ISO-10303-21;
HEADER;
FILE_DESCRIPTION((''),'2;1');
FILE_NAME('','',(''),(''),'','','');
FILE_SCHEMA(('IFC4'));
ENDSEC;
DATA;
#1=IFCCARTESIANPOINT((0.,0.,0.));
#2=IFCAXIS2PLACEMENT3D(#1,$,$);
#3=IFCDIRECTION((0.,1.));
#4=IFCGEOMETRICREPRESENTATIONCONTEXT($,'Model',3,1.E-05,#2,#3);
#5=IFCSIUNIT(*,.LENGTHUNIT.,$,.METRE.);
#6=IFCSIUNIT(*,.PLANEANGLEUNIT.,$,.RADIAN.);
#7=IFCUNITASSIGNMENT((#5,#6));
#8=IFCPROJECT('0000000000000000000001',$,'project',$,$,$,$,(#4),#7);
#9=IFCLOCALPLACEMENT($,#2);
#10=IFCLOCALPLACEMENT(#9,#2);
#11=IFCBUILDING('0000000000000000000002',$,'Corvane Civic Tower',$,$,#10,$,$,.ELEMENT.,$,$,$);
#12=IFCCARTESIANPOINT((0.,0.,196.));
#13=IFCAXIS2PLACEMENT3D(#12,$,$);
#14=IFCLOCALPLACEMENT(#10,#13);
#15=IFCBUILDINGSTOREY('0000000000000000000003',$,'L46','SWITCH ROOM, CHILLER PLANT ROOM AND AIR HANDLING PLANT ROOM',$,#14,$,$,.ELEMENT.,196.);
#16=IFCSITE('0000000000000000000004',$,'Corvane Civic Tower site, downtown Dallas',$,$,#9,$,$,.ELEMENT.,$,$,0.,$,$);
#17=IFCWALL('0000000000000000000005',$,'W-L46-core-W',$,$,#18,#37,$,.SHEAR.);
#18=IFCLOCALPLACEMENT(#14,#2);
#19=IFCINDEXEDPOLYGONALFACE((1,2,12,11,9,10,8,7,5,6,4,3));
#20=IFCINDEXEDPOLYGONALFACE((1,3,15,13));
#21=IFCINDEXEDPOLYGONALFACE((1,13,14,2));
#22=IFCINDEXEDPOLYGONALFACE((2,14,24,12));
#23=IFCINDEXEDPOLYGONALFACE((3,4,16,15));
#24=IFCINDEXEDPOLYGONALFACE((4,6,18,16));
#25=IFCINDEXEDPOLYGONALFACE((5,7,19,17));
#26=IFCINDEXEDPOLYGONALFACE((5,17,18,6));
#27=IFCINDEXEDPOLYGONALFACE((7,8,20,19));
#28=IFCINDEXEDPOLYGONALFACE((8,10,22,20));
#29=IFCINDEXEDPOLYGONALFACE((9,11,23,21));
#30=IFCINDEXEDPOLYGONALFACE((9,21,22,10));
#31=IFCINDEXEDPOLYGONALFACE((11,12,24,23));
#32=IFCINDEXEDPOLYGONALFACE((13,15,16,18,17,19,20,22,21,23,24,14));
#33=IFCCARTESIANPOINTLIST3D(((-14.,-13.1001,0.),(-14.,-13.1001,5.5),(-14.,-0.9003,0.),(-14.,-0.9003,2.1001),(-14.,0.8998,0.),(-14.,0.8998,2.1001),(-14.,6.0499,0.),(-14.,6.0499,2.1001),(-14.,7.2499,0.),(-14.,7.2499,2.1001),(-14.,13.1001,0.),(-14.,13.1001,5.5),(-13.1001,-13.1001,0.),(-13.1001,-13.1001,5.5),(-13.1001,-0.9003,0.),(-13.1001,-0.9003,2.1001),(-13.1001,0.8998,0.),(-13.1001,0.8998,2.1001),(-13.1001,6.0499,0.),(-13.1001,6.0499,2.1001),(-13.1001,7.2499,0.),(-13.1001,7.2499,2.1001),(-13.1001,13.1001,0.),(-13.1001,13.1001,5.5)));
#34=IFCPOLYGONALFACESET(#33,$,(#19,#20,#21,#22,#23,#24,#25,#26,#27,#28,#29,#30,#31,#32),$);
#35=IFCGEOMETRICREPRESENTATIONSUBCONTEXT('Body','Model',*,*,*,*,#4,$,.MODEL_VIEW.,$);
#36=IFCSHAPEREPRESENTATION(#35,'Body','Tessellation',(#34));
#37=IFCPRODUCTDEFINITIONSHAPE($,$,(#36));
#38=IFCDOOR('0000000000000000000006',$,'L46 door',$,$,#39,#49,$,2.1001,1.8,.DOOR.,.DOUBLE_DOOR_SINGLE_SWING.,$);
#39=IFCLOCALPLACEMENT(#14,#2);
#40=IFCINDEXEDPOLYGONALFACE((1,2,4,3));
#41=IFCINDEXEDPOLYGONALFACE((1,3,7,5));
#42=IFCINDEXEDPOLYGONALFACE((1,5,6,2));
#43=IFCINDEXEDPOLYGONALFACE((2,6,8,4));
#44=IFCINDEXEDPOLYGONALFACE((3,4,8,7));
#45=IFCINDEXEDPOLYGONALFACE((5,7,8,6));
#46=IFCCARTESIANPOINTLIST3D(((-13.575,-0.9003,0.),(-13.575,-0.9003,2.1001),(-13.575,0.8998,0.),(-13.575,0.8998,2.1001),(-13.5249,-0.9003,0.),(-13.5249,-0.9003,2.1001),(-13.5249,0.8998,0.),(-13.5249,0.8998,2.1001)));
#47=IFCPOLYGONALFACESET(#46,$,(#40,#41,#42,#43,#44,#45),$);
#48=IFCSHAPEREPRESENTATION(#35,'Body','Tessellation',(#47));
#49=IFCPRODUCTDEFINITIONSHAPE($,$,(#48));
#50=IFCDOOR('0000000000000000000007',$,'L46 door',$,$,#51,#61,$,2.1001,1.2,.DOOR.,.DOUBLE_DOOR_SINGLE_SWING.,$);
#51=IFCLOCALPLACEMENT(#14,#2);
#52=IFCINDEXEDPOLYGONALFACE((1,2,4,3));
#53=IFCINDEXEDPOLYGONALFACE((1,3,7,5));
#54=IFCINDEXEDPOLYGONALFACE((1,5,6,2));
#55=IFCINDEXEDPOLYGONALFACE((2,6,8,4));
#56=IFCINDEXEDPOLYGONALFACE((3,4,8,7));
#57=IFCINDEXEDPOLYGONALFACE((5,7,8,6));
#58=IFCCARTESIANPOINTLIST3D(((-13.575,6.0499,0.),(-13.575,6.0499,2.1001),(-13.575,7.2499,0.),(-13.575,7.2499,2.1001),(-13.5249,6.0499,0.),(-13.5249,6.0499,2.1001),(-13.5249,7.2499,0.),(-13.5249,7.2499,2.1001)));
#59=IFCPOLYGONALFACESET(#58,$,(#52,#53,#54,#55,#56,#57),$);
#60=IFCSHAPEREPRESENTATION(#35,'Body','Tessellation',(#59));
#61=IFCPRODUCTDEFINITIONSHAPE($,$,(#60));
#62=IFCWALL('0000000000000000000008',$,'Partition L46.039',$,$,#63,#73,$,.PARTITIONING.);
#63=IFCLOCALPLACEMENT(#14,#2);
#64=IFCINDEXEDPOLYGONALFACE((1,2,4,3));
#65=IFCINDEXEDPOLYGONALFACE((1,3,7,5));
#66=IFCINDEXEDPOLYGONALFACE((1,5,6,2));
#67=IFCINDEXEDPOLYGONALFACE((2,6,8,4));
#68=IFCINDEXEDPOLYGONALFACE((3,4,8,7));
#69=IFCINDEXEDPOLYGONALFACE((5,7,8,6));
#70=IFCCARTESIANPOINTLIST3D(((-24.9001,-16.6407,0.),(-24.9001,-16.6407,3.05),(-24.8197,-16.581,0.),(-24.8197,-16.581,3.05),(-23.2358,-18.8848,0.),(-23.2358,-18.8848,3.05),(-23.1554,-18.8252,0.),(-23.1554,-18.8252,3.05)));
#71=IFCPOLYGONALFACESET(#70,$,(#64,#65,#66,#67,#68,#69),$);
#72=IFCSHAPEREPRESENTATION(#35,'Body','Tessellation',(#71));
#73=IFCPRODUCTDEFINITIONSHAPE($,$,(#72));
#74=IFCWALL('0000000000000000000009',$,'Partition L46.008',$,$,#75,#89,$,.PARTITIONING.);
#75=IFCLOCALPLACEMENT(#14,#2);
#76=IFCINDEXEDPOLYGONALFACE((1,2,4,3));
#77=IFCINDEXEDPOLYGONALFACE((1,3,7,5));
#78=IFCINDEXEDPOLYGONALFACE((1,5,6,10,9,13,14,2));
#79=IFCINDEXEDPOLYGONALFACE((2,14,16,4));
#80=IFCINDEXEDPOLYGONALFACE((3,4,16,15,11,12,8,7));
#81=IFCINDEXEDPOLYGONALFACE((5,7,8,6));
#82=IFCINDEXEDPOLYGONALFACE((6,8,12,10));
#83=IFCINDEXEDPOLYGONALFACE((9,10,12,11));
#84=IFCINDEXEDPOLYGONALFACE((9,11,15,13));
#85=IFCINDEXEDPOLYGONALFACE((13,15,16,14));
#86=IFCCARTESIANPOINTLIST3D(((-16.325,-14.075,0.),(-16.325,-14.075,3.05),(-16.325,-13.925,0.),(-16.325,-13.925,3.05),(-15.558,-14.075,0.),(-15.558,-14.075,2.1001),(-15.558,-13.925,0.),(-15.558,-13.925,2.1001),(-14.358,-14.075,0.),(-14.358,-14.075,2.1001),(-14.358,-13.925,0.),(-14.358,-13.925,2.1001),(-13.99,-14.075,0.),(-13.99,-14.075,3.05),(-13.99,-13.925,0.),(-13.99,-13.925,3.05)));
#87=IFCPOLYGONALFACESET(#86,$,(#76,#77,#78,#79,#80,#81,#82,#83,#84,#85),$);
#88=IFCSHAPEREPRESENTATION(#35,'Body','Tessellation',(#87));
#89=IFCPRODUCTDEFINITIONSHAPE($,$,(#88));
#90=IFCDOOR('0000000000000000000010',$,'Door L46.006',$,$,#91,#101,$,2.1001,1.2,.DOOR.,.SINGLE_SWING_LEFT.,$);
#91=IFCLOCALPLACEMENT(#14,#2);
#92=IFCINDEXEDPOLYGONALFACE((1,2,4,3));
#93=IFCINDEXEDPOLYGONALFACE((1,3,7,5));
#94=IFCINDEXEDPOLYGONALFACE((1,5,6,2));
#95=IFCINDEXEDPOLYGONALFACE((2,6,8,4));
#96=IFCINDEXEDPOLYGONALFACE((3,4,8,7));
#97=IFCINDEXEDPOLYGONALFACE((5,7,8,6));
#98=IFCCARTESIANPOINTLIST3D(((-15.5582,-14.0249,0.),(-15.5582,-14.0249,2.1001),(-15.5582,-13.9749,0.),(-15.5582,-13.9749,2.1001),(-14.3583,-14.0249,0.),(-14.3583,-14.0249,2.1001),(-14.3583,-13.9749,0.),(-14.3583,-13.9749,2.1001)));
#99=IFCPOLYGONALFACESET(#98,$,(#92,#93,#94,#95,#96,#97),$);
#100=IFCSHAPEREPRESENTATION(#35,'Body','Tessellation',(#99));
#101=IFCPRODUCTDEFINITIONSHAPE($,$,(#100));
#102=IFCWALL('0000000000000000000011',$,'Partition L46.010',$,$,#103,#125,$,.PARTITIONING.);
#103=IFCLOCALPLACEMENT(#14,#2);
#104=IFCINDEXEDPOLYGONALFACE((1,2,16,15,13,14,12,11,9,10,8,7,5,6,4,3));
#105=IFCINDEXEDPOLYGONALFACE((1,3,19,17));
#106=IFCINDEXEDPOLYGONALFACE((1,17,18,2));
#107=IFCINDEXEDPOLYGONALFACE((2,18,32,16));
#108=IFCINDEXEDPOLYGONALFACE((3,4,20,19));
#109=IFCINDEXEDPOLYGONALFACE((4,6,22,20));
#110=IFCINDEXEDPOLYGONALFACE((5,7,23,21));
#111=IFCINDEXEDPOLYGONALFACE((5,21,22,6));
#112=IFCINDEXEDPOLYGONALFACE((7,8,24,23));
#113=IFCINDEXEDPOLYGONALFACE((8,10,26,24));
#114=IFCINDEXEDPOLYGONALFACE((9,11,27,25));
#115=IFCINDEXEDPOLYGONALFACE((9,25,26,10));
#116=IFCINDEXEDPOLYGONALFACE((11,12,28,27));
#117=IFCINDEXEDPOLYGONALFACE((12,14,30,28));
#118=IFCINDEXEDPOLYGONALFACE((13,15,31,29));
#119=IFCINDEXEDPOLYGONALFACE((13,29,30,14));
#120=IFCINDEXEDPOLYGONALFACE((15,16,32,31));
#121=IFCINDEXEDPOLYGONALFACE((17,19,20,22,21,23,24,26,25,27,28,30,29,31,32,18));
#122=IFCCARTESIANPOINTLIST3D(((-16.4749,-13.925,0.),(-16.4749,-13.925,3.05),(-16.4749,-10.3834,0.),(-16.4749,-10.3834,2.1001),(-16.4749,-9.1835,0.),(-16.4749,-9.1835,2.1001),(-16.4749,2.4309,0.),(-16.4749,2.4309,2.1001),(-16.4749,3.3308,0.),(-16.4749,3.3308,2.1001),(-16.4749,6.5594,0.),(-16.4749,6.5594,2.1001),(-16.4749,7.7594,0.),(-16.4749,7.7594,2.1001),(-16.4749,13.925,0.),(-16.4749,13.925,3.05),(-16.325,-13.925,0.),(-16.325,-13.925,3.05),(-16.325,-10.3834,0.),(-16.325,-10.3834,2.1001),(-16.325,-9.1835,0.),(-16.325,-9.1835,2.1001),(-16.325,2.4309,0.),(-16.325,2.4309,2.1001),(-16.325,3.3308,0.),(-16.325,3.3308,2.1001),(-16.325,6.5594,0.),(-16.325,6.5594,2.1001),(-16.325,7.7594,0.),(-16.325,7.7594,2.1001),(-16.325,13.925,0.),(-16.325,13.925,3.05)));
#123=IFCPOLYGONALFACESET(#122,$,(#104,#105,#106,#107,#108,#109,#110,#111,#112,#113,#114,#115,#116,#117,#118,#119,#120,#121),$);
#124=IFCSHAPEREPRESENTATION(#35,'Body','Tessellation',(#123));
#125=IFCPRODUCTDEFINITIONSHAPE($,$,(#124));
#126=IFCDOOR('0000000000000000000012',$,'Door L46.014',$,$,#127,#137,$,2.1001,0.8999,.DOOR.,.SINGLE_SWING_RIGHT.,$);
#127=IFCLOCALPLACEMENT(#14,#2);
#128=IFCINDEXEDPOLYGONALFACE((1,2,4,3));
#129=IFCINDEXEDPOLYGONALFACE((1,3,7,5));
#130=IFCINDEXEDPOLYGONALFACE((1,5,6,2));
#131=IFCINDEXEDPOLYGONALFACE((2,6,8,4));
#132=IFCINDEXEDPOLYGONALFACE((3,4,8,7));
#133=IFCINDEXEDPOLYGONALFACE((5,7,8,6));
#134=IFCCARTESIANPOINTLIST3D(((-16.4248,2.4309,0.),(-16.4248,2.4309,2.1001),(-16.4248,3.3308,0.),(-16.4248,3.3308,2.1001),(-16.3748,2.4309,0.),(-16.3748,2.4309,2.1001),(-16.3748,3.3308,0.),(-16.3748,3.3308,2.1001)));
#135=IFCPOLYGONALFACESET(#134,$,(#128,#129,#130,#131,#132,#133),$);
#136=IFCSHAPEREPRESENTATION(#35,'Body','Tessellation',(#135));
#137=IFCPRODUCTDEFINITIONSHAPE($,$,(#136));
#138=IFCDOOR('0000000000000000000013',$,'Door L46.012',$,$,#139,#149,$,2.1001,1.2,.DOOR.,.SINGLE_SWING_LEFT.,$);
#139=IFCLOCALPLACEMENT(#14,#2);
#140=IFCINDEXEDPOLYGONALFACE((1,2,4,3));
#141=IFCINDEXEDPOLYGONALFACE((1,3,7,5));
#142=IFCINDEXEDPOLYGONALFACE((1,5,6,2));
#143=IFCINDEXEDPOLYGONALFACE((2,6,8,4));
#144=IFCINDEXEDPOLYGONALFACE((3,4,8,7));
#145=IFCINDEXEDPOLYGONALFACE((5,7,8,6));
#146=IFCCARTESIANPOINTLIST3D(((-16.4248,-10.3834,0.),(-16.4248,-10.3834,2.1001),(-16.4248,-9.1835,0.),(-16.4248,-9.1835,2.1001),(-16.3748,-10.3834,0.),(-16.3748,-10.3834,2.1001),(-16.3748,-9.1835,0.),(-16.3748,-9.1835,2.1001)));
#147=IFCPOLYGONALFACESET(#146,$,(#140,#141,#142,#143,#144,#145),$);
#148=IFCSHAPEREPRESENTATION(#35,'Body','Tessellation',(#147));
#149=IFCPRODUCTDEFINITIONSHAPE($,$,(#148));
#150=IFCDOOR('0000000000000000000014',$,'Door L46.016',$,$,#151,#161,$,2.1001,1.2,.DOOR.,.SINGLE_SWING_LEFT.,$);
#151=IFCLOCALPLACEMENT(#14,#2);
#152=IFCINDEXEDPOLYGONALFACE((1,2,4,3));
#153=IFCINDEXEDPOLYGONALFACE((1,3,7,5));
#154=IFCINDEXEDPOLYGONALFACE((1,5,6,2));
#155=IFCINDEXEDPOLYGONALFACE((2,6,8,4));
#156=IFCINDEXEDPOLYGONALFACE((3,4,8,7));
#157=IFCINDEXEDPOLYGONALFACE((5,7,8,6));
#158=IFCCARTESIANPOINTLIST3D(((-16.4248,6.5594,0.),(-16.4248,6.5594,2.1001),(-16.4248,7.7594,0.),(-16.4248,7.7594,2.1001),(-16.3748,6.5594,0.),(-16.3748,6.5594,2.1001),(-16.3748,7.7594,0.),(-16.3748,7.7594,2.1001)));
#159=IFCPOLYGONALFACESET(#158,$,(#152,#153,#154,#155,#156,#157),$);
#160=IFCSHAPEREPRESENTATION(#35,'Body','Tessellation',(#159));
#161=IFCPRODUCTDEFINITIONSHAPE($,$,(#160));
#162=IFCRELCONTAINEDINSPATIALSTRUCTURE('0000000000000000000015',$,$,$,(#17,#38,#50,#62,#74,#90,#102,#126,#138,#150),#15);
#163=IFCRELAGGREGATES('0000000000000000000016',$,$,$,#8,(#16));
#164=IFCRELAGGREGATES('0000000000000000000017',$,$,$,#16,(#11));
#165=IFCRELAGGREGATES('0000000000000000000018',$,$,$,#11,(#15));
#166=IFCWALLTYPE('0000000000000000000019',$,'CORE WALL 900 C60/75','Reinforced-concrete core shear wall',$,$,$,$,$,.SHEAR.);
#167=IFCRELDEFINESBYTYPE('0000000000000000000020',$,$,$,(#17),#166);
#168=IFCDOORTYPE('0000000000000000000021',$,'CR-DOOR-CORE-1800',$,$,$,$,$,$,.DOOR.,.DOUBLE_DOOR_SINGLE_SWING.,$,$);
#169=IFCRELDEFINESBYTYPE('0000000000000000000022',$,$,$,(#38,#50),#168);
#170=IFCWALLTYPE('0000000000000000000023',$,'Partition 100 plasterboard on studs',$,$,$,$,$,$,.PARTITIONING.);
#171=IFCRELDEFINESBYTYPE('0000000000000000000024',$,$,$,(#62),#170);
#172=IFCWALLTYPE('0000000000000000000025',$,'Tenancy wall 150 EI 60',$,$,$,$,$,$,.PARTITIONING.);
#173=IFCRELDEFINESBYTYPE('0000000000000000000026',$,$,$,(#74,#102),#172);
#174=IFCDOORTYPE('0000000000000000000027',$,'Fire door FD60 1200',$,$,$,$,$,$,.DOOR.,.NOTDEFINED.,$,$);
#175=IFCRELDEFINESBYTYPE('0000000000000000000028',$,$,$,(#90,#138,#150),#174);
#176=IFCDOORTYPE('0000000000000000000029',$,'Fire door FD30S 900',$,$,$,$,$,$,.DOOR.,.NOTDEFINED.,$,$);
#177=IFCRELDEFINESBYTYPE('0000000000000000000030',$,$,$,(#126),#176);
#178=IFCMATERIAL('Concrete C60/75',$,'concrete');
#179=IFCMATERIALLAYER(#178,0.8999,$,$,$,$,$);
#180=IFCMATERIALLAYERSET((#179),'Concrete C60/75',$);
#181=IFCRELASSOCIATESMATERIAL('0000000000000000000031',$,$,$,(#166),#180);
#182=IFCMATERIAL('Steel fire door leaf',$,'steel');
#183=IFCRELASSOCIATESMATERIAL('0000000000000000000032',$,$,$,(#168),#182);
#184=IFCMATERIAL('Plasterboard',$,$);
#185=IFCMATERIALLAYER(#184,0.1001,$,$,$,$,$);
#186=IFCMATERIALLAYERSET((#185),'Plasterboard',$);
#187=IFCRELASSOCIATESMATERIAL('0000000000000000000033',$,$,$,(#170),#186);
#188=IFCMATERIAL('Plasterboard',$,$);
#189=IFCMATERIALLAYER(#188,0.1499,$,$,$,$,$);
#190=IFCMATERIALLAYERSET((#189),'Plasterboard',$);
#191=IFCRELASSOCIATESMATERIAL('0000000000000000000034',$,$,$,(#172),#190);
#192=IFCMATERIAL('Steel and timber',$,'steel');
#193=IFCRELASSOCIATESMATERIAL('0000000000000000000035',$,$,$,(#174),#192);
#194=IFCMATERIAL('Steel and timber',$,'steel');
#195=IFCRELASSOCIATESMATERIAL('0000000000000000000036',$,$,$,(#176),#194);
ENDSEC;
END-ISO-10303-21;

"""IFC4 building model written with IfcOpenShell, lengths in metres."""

from ifc_helpers import new_model, si_unit, direction, frame, frame_2d, origin, place, context, subcontext, project, spatial, rectangle, extrude, material, layer, layer_set, type_object, element, fill, save


model = new_model("IFC4")

# Units and contexts
model_context = context("Model", 3, precision=1e-05, world=origin(), true_north=direction((0.0, 1.0)))
body_context = subcontext(model_context, "Body", "Model", "MODEL_VIEW")
ifc_project = project(units=[si_unit("LENGTHUNIT", "METRE"), si_unit("PLANEANGLEUNIT", "RADIAN")], contexts=[model_context])

# Site, building, storey
site_placement = place(None, origin())
site = spatial("IfcSite", under=ifc_project, at=site_placement, Name="Corvane Civic Tower site, downtown Dallas", CompositionType="ELEMENT", RefElevation=0.0)
building_placement = place(site_placement, origin())
building = spatial("IfcBuilding", under=site, at=building_placement, Name="Corvane Civic Tower", CompositionType="ELEMENT")
storey_placement = place(building_placement, frame((0.0, 0.0, 196.0)))
storey = spatial("IfcBuildingStorey", under=building, at=storey_placement, Name="L46", Description="SWITCH ROOM, CHILLER PLANT ROOM AND AIR HANDLING PLANT ROOM", CompositionType="ELEMENT", Elevation=196.0)

# Shared definitions
ifc_material_1 = material(Name="Concrete C60/75", Category="concrete")
ifc_layer_1 = layer(ifc_material_1, 0.8999)
ifc_layer_set_1 = layer_set([ifc_layer_1], Name="Concrete C60/75")
wall_type_1 = type_object("IfcWallType", Name="CORE WALL 900 C60/75", Description="Reinforced-concrete core shear wall", PredefinedType="SHEAR", material=ifc_layer_set_1)

# Wall, openings, doors
wall_1_placement = place(storey_placement, frame((-13.55, -13.1001, 0.0), z_axis=(0.0, 0.0, 1.0), x_axis=(0.0, 1.0, 0.0)))
wall_1 = element("IfcWall", 1, at=wall_1_placement, inside=storey, type_object=wall_type_1, Name="W-L46-core-W", PredefinedType="SHEAR", context=body_context, shape_type="SweptSolid", body=[
    extrude(rectangle(XDim=26.2002, YDim=0.8999, at=frame_2d((13.1001, 0.0))), origin(), (0.0, 0.0, 1.0), 5.5),
])
opening_1_placement = place(wall_1_placement, frame((12.2, 0.0, 0.0)))
opening_1 = element("IfcOpeningElement", 2, at=opening_1_placement, cuts=wall_1, PredefinedType="OPENING", context=body_context, shape_type="SweptSolid", body=[
    extrude(rectangle(XDim=1.8, YDim=2.1001, at=frame_2d((0.8999, 1.05))), frame((0.0, 0.46, 0.0), z_axis=(0.0, -1.0, 0.0), x_axis=(1.0, 0.0, 0.0)), (0.0, 0.0, 1.0), 0.9199),
])
opening_2_placement = place(wall_1_placement, frame((19.1499, 0.0, 0.0)))
opening_2 = element("IfcOpeningElement", 3, at=opening_2_placement, cuts=wall_1, PredefinedType="OPENING", context=body_context, shape_type="SweptSolid", body=[
    extrude(rectangle(XDim=1.2, YDim=2.1001, at=frame_2d((0.6001, 1.05))), frame((0.0, 0.46, 0.0), z_axis=(0.0, -1.0, 0.0), x_axis=(1.0, 0.0, 0.0)), (0.0, 0.0, 1.0), 0.9199),
])
ifc_material_2 = material(Name="Steel fire door leaf", Category="steel")
door_type_1 = type_object("IfcDoorType", Name="CR-DOOR-CORE-1800", OperationType="DOUBLE_DOOR_SINGLE_SWING", PredefinedType="DOOR", material=ifc_material_2)
door_1_placement = place(opening_1_placement, origin())
door_1 = element("IfcDoor", 4, at=door_1_placement, inside=storey, type_object=door_type_1, Name="L46 door", OperationType="DOUBLE_DOOR_SINGLE_SWING", OverallHeight=2.1001, OverallWidth=1.8, PredefinedType="DOOR", context=body_context, shape_type="SweptSolid", body=[
    extrude(rectangle(XDim=1.8, YDim=2.1001, at=frame_2d((0.8999, 1.05))), frame((0.0, 0.0249, 0.0), z_axis=(0.0, -1.0, 0.0), x_axis=(1.0, 0.0, 0.0)), (0.0, 0.0, 1.0), 0.05),
])
fill(opening_1, door_1)
door_2_placement = place(opening_2_placement, origin())
door_2 = element("IfcDoor", 5, at=door_2_placement, inside=storey, type_object=door_type_1, Name="L46 door", OperationType="DOUBLE_DOOR_SINGLE_SWING", OverallHeight=2.1001, OverallWidth=1.2, PredefinedType="DOOR", context=body_context, shape_type="SweptSolid", body=[
    extrude(rectangle(XDim=1.2, YDim=2.1001, at=frame_2d((0.6001, 1.05))), frame((0.0, 0.0249, 0.0), z_axis=(0.0, -1.0, 0.0), x_axis=(1.0, 0.0, 0.0)), (0.0, 0.0, 1.0), 0.05),
])
fill(opening_2, door_2)

# Wall
ifc_material_3 = material(Name="Plasterboard")
ifc_layer_2 = layer(ifc_material_3, 0.1001)
ifc_layer_set_2 = layer_set([ifc_layer_2], Name="Plasterboard")
wall_type_2 = type_object("IfcWallType", Name="Partition 100 plasterboard on studs", PredefinedType="PARTITIONING", material=ifc_layer_set_2)
wall_2_placement = place(storey_placement, frame((-24.8599, -16.6108, 0.0), z_axis=(0.0, 0.0, 1.0), x_axis=(0.595685, -0.803218, 0.0)))
element("IfcWall", 6, at=wall_2_placement, inside=storey, type_object=wall_type_2, Name="Partition L46.039", PredefinedType="PARTITIONING", context=body_context, shape_type="SweptSolid", body=[
    extrude(rectangle(XDim=2.7939, YDim=0.1001, at=frame_2d((1.397, 0.0))), origin(), (0.0, 0.0, 1.0), 3.05),
])

# Wall, opening, door
ifc_material_4 = material(Name="Plasterboard")
ifc_layer_3 = layer(ifc_material_4, 0.1499)
ifc_layer_set_3 = layer_set([ifc_layer_3], Name="Plasterboard")
wall_type_3 = type_object("IfcWallType", Name="Tenancy wall 150 EI 60", PredefinedType="PARTITIONING", material=ifc_layer_set_3)
wall_3_placement = place(storey_placement, frame((-16.325, -14.0, 0.0), z_axis=(0.0, 0.0, 1.0), x_axis=(1.0, 0.0, 0.0)))
wall_3 = element("IfcWall", 7, at=wall_3_placement, inside=storey, type_object=wall_type_3, Name="Partition L46.008", PredefinedType="PARTITIONING", context=body_context, shape_type="SweptSolid", body=[
    extrude(rectangle(XDim=2.335, YDim=0.1499, at=frame_2d((1.1675, 0.0))), origin(), (0.0, 0.0, 1.0), 3.05),
])
opening_3_placement = place(wall_3_placement, frame((0.7668, 0.0, 0.0)))
opening_3 = element("IfcOpeningElement", 8, at=opening_3_placement, cuts=wall_3, PredefinedType="OPENING", context=body_context, shape_type="SweptSolid", body=[
    extrude(rectangle(XDim=1.2, YDim=2.1001, at=frame_2d((0.6001, 1.05))), frame((0.0, 0.085, 0.0), z_axis=(0.0, -1.0, 0.0), x_axis=(1.0, 0.0, 0.0)), (0.0, 0.0, 1.0), 0.1699),
])
ifc_material_5 = material(Name="Steel and timber", Category="steel")
door_type_2 = type_object("IfcDoorType", Name="Fire door FD60 1200", OperationType="NOTDEFINED", PredefinedType="DOOR", material=ifc_material_5)
door_3_placement = place(opening_3_placement, frame((1.2, 0.0, 0.0), z_axis=(0.0, 0.0, 1.0), x_axis=(-1.0, 0.0, 0.0)))
door_3 = element("IfcDoor", 9, at=door_3_placement, inside=storey, type_object=door_type_2, Name="Door L46.006", OperationType="SINGLE_SWING_LEFT", OverallHeight=2.1001, OverallWidth=1.2, PredefinedType="DOOR", context=body_context, shape_type="SweptSolid", body=[
    extrude(rectangle(XDim=1.2, YDim=2.1001, at=frame_2d((0.6001, 1.05))), frame((0.0, 0.0249, 0.0), z_axis=(0.0, -1.0, 0.0), x_axis=(1.0, 0.0, 0.0)), (0.0, 0.0, 1.0), 0.05),
])
fill(opening_3, door_3)

# Wall, openings, doors
wall_4_placement = place(storey_placement, frame((-16.3999, -13.925, 0.0), z_axis=(0.0, 0.0, 1.0), x_axis=(0.0, 1.0, 0.0)))
wall_4 = element("IfcWall", 10, at=wall_4_placement, inside=storey, type_object=wall_type_3, Name="Partition L46.010", PredefinedType="PARTITIONING", context=body_context, shape_type="SweptSolid", body=[
    extrude(rectangle(XDim=27.8501, YDim=0.1499, at=frame_2d((13.925, 0.0))), origin(), (0.0, 0.0, 1.0), 3.05),
])
opening_4_placement = place(wall_4_placement, frame((3.5415, 0.0, 0.0)))
opening_4 = element("IfcOpeningElement", 11, at=opening_4_placement, cuts=wall_4, PredefinedType="OPENING", context=body_context, shape_type="SweptSolid", body=[
    extrude(rectangle(XDim=1.2, YDim=2.1001, at=frame_2d((0.6001, 1.05))), frame((0.0, 0.085, 0.0), z_axis=(0.0, -1.0, 0.0), x_axis=(1.0, 0.0, 0.0)), (0.0, 0.0, 1.0), 0.1699),
])
opening_5_placement = place(wall_4_placement, frame((16.356, 0.0, 0.0)))
opening_5 = element("IfcOpeningElement", 12, at=opening_5_placement, cuts=wall_4, PredefinedType="OPENING", context=body_context, shape_type="SweptSolid", body=[
    extrude(rectangle(XDim=0.8999, YDim=2.1001, at=frame_2d((0.45, 1.05))), frame((0.0, 0.085, 0.0), z_axis=(0.0, -1.0, 0.0), x_axis=(1.0, 0.0, 0.0)), (0.0, 0.0, 1.0), 0.1699),
])
opening_6_placement = place(wall_4_placement, frame((20.4844, 0.0, 0.0)))
opening_6 = element("IfcOpeningElement", 13, at=opening_6_placement, cuts=wall_4, PredefinedType="OPENING", context=body_context, shape_type="SweptSolid", body=[
    extrude(rectangle(XDim=1.2, YDim=2.1001, at=frame_2d((0.6001, 1.05))), frame((0.0, 0.085, 0.0), z_axis=(0.0, -1.0, 0.0), x_axis=(1.0, 0.0, 0.0)), (0.0, 0.0, 1.0), 0.1699),
])
ifc_material_6 = material(Name="Steel and timber", Category="steel")
door_type_3 = type_object("IfcDoorType", Name="Fire door FD30S 900", OperationType="NOTDEFINED", PredefinedType="DOOR", material=ifc_material_6)
door_4_placement = place(opening_5_placement, origin())
door_4 = element("IfcDoor", 14, at=door_4_placement, inside=storey, type_object=door_type_3, Name="Door L46.014", OperationType="SINGLE_SWING_RIGHT", OverallHeight=2.1001, OverallWidth=0.8999, PredefinedType="DOOR", context=body_context, shape_type="SweptSolid", body=[
    extrude(rectangle(XDim=0.8999, YDim=2.1001, at=frame_2d((0.45, 1.05))), frame((0.0, 0.0249, 0.0), z_axis=(0.0, -1.0, 0.0), x_axis=(1.0, 0.0, 0.0)), (0.0, 0.0, 1.0), 0.05),
])
fill(opening_5, door_4)
door_5_placement = place(opening_4_placement, origin())
door_5 = element("IfcDoor", 15, at=door_5_placement, inside=storey, type_object=door_type_2, Name="Door L46.012", OperationType="SINGLE_SWING_LEFT", OverallHeight=2.1001, OverallWidth=1.2, PredefinedType="DOOR", context=body_context, shape_type="SweptSolid", body=[
    extrude(rectangle(XDim=1.2, YDim=2.1001, at=frame_2d((0.6001, 1.05))), frame((0.0, 0.0249, 0.0), z_axis=(0.0, -1.0, 0.0), x_axis=(1.0, 0.0, 0.0)), (0.0, 0.0, 1.0), 0.05),
])
fill(opening_4, door_5)
door_6_placement = place(opening_6_placement, origin())
door_6 = element("IfcDoor", 16, at=door_6_placement, inside=storey, type_object=door_type_2, Name="Door L46.016", OperationType="SINGLE_SWING_LEFT", OverallHeight=2.1001, OverallWidth=1.2, PredefinedType="DOOR", context=body_context, shape_type="SweptSolid", body=[
    extrude(rectangle(XDim=1.2, YDim=2.1001, at=frame_2d((0.6001, 1.05))), frame((0.0, 0.0249, 0.0), z_axis=(0.0, -1.0, 0.0), x_axis=(1.0, 0.0, 0.0)), (0.0, 0.0, 1.0), 0.05),
])
fill(opening_6, door_6)

save(model, "model.ifc")
